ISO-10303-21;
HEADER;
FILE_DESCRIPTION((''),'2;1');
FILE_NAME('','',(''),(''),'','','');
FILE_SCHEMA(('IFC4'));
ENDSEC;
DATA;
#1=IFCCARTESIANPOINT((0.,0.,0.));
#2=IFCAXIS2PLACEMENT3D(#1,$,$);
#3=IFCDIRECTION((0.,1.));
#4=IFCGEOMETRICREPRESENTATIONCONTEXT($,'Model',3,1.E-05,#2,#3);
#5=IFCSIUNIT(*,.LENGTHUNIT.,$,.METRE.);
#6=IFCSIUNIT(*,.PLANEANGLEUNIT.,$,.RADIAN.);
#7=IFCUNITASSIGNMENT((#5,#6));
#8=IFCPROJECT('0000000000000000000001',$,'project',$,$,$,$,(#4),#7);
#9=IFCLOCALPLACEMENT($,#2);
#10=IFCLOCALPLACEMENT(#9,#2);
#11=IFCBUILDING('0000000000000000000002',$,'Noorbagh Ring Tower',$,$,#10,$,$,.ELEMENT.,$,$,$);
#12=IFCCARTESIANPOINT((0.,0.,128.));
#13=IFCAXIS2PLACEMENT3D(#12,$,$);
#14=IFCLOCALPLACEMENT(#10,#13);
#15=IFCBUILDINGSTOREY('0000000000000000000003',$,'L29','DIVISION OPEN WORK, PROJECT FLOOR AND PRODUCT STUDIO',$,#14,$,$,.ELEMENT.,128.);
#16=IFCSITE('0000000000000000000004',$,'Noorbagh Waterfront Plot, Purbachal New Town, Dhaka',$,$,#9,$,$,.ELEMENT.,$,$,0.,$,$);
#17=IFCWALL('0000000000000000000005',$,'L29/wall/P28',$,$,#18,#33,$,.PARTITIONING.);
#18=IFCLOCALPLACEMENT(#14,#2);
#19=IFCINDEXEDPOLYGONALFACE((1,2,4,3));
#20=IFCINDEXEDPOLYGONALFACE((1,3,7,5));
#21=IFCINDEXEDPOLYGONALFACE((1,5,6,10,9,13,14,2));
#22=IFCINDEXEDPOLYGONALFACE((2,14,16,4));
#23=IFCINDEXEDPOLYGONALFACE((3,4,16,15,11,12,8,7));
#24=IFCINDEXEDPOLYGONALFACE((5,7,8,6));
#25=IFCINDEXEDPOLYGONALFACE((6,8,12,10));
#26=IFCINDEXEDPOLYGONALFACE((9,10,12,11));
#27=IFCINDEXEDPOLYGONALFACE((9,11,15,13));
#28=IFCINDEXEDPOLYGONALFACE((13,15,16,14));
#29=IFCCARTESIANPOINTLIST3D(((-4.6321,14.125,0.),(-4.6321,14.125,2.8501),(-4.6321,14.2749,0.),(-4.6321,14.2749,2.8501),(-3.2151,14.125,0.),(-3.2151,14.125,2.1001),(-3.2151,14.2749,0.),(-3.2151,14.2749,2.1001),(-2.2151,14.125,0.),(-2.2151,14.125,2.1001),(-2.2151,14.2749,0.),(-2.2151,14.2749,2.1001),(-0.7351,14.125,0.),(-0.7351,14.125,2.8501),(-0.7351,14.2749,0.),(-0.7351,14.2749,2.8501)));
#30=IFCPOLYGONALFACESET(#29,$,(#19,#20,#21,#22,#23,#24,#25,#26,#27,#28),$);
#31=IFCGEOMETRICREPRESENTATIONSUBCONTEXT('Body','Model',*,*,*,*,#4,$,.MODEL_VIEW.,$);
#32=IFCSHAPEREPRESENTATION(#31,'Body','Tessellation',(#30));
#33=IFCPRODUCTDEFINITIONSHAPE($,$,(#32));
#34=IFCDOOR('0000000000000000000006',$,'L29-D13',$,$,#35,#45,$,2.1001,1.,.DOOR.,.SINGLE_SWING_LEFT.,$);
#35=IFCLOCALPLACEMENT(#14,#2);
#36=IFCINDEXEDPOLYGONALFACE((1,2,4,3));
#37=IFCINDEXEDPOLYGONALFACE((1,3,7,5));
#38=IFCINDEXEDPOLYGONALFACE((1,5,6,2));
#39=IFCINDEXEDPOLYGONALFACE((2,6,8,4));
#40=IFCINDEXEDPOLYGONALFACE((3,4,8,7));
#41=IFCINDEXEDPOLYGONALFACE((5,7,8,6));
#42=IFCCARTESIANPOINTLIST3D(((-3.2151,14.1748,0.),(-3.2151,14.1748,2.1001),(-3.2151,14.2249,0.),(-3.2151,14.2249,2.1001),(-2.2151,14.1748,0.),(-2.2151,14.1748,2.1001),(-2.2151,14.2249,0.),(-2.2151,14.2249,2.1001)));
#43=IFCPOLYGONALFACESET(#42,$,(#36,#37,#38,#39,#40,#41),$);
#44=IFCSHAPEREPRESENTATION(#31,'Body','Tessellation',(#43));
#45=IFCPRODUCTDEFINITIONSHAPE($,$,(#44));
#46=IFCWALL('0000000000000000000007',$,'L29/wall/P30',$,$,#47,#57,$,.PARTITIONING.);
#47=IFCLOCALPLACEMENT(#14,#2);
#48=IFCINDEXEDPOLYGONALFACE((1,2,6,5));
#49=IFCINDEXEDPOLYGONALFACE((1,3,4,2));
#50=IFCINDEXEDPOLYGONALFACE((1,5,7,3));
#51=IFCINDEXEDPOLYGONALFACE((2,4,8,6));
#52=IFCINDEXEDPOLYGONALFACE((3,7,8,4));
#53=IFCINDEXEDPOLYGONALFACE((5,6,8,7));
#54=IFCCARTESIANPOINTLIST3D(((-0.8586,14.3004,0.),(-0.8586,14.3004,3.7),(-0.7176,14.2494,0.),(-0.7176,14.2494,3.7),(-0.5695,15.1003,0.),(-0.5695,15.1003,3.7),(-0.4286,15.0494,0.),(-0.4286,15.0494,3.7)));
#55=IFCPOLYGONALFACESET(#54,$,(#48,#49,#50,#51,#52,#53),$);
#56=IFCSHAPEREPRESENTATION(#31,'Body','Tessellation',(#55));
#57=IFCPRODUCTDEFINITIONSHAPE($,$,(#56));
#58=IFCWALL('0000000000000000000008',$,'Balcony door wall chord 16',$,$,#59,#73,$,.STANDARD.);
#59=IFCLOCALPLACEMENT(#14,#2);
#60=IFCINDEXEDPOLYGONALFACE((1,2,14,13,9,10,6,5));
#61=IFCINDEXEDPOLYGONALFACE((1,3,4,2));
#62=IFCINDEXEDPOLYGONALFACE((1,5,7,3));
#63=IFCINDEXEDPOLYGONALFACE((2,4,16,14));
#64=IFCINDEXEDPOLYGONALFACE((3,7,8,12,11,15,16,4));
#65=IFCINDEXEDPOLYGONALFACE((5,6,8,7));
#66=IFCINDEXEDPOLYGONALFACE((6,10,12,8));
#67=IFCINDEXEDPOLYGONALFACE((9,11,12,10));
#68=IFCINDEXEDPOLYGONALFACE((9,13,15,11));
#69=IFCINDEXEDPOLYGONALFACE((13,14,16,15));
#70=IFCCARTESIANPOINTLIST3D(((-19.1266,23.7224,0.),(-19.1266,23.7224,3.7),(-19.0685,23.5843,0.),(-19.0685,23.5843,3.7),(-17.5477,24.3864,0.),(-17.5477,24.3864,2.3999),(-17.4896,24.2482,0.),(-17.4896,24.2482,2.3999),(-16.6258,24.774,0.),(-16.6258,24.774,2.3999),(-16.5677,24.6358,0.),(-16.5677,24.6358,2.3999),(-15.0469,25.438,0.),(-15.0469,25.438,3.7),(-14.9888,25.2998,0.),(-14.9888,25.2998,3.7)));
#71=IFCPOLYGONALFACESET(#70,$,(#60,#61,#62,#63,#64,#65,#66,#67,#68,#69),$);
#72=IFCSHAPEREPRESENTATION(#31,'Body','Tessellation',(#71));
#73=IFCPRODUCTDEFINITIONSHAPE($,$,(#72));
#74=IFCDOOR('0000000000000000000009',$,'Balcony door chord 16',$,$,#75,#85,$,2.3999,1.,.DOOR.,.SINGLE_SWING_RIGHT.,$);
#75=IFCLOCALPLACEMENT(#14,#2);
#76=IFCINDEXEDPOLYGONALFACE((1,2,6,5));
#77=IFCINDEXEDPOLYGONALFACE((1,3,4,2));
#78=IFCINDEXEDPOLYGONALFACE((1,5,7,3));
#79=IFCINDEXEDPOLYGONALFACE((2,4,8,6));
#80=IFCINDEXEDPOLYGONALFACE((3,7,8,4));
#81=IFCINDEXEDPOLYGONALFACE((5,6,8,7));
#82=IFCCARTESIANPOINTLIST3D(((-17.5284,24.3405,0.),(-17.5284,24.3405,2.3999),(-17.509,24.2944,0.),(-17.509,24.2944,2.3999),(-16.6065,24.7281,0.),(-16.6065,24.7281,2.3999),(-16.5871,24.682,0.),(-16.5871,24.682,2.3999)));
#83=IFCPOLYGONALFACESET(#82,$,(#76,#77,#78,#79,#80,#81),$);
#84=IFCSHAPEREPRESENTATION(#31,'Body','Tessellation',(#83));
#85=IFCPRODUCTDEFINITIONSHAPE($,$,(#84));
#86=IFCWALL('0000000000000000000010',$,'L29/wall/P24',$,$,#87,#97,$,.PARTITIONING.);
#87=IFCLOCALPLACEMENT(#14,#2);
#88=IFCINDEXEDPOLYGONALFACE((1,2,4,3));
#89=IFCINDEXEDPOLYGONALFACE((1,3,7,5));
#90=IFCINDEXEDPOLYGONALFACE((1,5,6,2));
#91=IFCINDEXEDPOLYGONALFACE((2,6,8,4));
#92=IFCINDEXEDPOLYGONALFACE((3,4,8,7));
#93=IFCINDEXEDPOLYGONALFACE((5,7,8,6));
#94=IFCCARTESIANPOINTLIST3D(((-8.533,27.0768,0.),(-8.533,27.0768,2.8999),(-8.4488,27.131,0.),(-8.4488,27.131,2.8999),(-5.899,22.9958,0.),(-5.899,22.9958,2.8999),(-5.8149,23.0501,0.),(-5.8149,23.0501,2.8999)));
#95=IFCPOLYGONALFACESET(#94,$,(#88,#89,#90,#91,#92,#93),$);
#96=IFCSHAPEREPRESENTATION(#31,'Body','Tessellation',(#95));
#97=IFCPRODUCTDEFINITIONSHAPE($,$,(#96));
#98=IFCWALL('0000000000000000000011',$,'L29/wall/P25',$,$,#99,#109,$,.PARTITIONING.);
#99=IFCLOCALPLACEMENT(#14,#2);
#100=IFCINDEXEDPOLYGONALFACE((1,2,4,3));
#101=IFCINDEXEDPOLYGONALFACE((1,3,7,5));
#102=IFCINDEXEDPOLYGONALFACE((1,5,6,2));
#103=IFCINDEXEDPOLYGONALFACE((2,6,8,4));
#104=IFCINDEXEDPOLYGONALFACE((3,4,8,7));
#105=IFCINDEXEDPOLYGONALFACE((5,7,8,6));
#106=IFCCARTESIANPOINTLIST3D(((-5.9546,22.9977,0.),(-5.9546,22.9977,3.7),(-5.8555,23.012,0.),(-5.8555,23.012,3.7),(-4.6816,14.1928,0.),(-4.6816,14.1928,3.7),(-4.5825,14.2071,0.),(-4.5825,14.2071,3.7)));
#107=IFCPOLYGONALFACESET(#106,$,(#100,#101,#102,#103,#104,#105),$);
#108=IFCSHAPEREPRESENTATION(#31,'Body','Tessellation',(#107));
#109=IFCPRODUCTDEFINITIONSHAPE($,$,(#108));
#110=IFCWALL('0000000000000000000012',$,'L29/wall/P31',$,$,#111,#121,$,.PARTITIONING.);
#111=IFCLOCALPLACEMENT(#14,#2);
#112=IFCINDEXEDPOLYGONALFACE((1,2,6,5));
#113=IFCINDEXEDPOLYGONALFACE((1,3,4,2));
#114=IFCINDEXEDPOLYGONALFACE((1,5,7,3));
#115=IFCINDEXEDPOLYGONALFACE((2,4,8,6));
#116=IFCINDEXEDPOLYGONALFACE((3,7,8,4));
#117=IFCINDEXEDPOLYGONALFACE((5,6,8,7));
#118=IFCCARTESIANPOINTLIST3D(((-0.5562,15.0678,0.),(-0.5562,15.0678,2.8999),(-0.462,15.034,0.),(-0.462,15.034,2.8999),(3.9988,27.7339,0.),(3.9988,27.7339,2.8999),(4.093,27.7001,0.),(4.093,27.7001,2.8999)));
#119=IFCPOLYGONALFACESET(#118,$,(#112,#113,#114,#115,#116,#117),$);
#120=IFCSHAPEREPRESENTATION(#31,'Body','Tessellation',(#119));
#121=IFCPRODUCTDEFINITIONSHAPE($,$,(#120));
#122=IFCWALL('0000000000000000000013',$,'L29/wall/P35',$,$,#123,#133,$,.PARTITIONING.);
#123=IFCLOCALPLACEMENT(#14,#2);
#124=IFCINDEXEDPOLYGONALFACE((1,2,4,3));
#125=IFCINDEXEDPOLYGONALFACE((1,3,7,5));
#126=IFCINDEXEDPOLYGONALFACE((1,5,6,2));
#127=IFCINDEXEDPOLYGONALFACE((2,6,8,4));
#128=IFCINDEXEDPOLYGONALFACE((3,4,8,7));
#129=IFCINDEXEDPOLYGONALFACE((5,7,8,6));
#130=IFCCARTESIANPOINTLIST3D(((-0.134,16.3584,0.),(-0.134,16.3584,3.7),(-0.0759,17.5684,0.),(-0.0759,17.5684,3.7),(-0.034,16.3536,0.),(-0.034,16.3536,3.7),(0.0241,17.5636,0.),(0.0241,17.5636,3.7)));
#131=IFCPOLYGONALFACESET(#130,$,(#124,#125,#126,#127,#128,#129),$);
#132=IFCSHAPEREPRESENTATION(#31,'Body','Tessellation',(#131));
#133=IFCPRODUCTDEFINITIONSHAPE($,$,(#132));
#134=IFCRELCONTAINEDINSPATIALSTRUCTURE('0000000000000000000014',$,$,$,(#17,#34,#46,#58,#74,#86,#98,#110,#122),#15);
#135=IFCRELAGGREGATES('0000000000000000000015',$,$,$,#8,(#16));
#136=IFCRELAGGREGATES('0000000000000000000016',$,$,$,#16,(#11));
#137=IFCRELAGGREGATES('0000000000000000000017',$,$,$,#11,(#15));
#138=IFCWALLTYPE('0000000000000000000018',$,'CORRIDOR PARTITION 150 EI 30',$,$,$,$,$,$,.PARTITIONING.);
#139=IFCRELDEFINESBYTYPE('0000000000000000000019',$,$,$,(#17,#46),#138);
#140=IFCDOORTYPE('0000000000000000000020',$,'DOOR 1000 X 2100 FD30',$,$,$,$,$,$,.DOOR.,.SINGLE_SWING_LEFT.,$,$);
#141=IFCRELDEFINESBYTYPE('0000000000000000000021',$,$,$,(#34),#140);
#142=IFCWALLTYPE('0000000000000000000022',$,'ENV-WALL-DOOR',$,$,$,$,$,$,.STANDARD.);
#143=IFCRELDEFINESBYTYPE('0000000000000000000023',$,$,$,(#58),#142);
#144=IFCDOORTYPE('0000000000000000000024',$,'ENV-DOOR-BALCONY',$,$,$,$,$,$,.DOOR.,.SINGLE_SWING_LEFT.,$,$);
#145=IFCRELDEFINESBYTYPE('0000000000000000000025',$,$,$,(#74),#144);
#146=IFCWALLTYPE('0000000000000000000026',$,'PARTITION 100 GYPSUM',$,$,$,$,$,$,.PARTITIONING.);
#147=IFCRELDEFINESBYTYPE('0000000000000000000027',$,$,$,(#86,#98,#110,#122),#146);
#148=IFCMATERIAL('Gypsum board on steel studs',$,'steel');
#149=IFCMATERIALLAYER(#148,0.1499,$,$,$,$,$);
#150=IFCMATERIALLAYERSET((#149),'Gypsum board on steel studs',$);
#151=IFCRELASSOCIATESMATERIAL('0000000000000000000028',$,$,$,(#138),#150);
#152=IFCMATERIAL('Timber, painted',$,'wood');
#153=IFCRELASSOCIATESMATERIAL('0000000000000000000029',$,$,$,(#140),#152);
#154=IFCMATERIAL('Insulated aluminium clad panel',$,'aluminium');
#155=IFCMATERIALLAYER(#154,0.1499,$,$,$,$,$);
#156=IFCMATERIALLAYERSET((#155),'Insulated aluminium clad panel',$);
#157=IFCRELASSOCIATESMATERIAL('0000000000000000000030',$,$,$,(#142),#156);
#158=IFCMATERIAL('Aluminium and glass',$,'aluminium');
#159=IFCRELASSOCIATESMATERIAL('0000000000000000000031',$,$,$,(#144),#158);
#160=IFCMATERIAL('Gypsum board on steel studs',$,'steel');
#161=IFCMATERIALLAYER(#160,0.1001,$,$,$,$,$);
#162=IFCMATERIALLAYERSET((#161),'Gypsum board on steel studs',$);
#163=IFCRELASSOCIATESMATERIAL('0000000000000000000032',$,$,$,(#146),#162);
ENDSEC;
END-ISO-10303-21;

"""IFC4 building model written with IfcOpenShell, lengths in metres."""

from ifc_helpers import new_model, si_unit, direction, frame, frame_2d, origin, place, context, subcontext, project, spatial, rectangle, extrude, material, layer, layer_set, type_object, element, fill, save


model = new_model("IFC4")

# Units and contexts
model_context = context("Model", 3, precision=1e-05, world=origin(), true_north=direction((0.0, 1.0)))
body_context = subcontext(model_context, "Body", "Model", "MODEL_VIEW")
ifc_project = project(units=[si_unit("LENGTHUNIT", "METRE"), si_unit("PLANEANGLEUNIT", "RADIAN")], contexts=[model_context])

# Site, building, storey
site_placement = place(None, origin())
site = spatial("IfcSite", under=ifc_project, at=site_placement, Name="Noorbagh Waterfront Plot, Purbachal New Town, Dhaka", CompositionType="ELEMENT", RefElevation=0.0)
building_placement = place(site_placement, origin())
building = spatial("IfcBuilding", under=site, at=building_placement, Name="Noorbagh Ring Tower", CompositionType="ELEMENT")
storey_placement = place(building_placement, frame((0.0, 0.0, 128.0)))
storey = spatial("IfcBuildingStorey", under=building, at=storey_placement, Name="L29", Description="DIVISION OPEN WORK, PROJECT FLOOR AND PRODUCT STUDIO", CompositionType="ELEMENT", Elevation=128.0)

# Wall, opening, door
ifc_material_1 = material(Name="Gypsum board on steel studs", Category="steel")
ifc_layer_1 = layer(ifc_material_1, 0.1499)
ifc_layer_set_1 = layer_set([ifc_layer_1], Name="Gypsum board on steel studs")
wall_type_1 = type_object("IfcWallType", Name="CORRIDOR PARTITION 150 EI 30", PredefinedType="PARTITIONING", material=ifc_layer_set_1)
ifc_material_2 = material(Name="Timber, painted", Category="wood")
door_type_1 = type_object("IfcDoorType", Name="DOOR 1000 X 2100 FD30", OperationType="SINGLE_SWING_LEFT", PredefinedType="DOOR", material=ifc_material_2)
wall_1_placement = place(storey_placement, frame((-4.6321, 14.2, 0.0), z_axis=(0.0, 0.0, 1.0), x_axis=(1.0, 0.0, 0.0)))
wall_1 = element("IfcWall", 1, at=wall_1_placement, inside=storey, type_object=wall_type_1, Name="L29/wall/P28", PredefinedType="PARTITIONING", context=body_context, shape_type="SweptSolid", body=[
    extrude(rectangle(XDim=3.897, YDim=0.1499, at=frame_2d((1.9485, 0.0))), origin(), (0.0, 0.0, 1.0), 2.8501),
])
opening_1_placement = place(wall_1_placement, frame((1.417, 0.0, 0.0)))
opening_1 = element("IfcOpeningElement", 2, at=opening_1_placement, cuts=wall_1, PredefinedType="OPENING", context=body_context, shape_type="SweptSolid", body=[
    extrude(rectangle(XDim=1.0, YDim=2.1001, at=frame_2d((0.5, 1.05))), frame((0.0, 0.085, 0.0), z_axis=(0.0, -1.0, 0.0), x_axis=(1.0, 0.0, 0.0)), (0.0, 0.0, 1.0), 0.1699),
])
door_1_placement = place(opening_1_placement, origin())
door_1 = element("IfcDoor", 3, at=door_1_placement, inside=storey, type_object=door_type_1, Name="L29-D13", OperationType="SINGLE_SWING_LEFT", OverallHeight=2.1001, OverallWidth=1.0, PredefinedType="DOOR", context=body_context, shape_type="SweptSolid", body=[
    extrude(rectangle(XDim=1.0, YDim=2.1001, at=frame_2d((0.5, 1.05))), frame((0.0, 0.0249, 0.0), z_axis=(0.0, -1.0, 0.0), x_axis=(1.0, 0.0, 0.0)), (0.0, 0.0, 1.0), 0.05),
])
fill(opening_1, door_1)

# Wall
wall_2_placement = place(storey_placement, frame((-0.7881, 14.2749, 0.0), z_axis=(0.0, 0.0, 1.0), x_axis=(0.339807, 0.940495, 0.0)))
element("IfcWall", 4, at=wall_2_placement, inside=storey, type_object=wall_type_1, Name="L29/wall/P30", PredefinedType="PARTITIONING", context=body_context, shape_type="SweptSolid", body=[
    extrude(rectangle(XDim=0.8506, YDim=0.1499, at=frame_2d((0.4253, 0.0))), origin(), (0.0, 0.0, 1.0), 3.7),
])

# Wall, opening, door
ifc_material_3 = material(Name="Insulated aluminium clad panel", Category="aluminium")
ifc_layer_2 = layer(ifc_material_3, 0.1499)
ifc_layer_set_2 = layer_set([ifc_layer_2], Name="Insulated aluminium clad panel")
wall_type_2 = type_object("IfcWallType", Name="ENV-WALL-DOOR", PredefinedType="STANDARD", material=ifc_layer_set_2)
wall_3_placement = place(storey_placement, frame((-15.0178, 25.3689, 0.0), z_axis=(0.0, 0.0, 1.0), x_axis=(-0.921817, -0.387625, 0.0)))
wall_3 = element("IfcWall", 5, at=wall_3_placement, inside=storey, type_object=wall_type_2, Name="Balcony door wall chord 16", PredefinedType="STANDARD", context=body_context, shape_type="SweptSolid", body=[
    extrude(rectangle(XDim=4.4258, YDim=0.1499, at=frame_2d((2.2129, 0.0))), origin(), (0.0, 0.0, 1.0), 3.7),
])
opening_2_placement = place(wall_3_placement, frame((1.7129, 0.0, 0.0)))
opening_2 = element("IfcOpeningElement", 6, at=opening_2_placement, cuts=wall_3, PredefinedType="OPENING", context=body_context, shape_type="SweptSolid", body=[
    extrude(rectangle(XDim=1.0, YDim=2.3999, at=frame_2d((0.5, 1.2))), frame((0.0, 0.085, 0.0), z_axis=(0.0, -1.0, 0.0), x_axis=(1.0, 0.0, 0.0)), (0.0, 0.0, 1.0), 0.1699),
])
ifc_material_4 = material(Name="Aluminium and glass", Category="aluminium")
door_type_2 = type_object("IfcDoorType", Name="ENV-DOOR-BALCONY", OperationType="SINGLE_SWING_LEFT", PredefinedType="DOOR", material=ifc_material_4)
door_2_placement = place(opening_2_placement, origin())
door_2 = element("IfcDoor", 7, at=door_2_placement, inside=storey, type_object=door_type_2, Name="Balcony door chord 16", OperationType="SINGLE_SWING_RIGHT", OverallHeight=2.3999, OverallWidth=1.0, PredefinedType="DOOR", context=body_context, shape_type="SweptSolid", body=[
    extrude(rectangle(XDim=1.0, YDim=2.3999, at=frame_2d((0.5, 1.2))), frame((0.0, 0.0249, 0.0), z_axis=(0.0, -1.0, 0.0), x_axis=(1.0, 0.0, 0.0)), (0.0, 0.0, 1.0), 0.05),
])
fill(opening_2, door_2)

# Walls
ifc_material_5 = material(Name="Gypsum board on steel studs", Category="steel")
ifc_layer_3 = layer(ifc_material_5, 0.1001)
ifc_layer_set_3 = layer_set([ifc_layer_3], Name="Gypsum board on steel studs")
wall_type_3 = type_object("IfcWallType", Name="PARTITION 100 GYPSUM", PredefinedType="PARTITIONING", material=ifc_layer_set_3)
wall_4_placement = place(storey_placement, frame((-8.491, 27.104, 0.0), z_axis=(0.0, 0.0, 1.0), x_axis=(0.542286, -0.840194, 0.0)))
element("IfcWall", 8, at=wall_4_placement, inside=storey, type_object=wall_type_3, Name="L29/wall/P24", PredefinedType="PARTITIONING", context=body_context, shape_type="SweptSolid", body=[
    extrude(rectangle(XDim=4.8572, YDim=0.1001, at=frame_2d((2.4287, 0.0))), origin(), (0.0, 0.0, 1.0), 2.8999),
])
wall_5_placement = place(storey_placement, frame((-5.905, 23.0049, 0.0), z_axis=(0.0, 0.0, 1.0), x_axis=(0.143085, -0.98971, 0.0)))
element("IfcWall", 9, at=wall_5_placement, inside=storey, type_object=wall_type_3, Name="L29/wall/P25", PredefinedType="PARTITIONING", context=body_context, shape_type="SweptSolid", body=[
    extrude(rectangle(XDim=8.8965, YDim=0.1001, at=frame_2d((4.4482, 0.0))), origin(), (0.0, 0.0, 1.0), 3.7),
])
wall_6_placement = place(storey_placement, frame((-0.509, 15.051, 0.0), z_axis=(0.0, 0.0, 1.0), x_axis=(0.338402, 0.941002, 0.0)))
element("IfcWall", 10, at=wall_6_placement, inside=storey, type_object=wall_type_3, Name="L29/wall/P31", PredefinedType="PARTITIONING", context=body_context, shape_type="SweptSolid", body=[
    extrude(rectangle(XDim=13.4602, YDim=0.1001, at=frame_2d((6.73, 0.0))), origin(), (0.0, 0.0, 1.0), 2.8999),
])
wall_7_placement = place(storey_placement, frame((-0.084, 16.356, 0.0), z_axis=(0.0, 0.0, 1.0), x_axis=(0.047967, 0.998849, 0.0)))
element("IfcWall", 11, at=wall_7_placement, inside=storey, type_object=wall_type_3, Name="L29/wall/P35", PredefinedType="PARTITIONING", context=body_context, shape_type="SweptSolid", body=[
    extrude(rectangle(XDim=1.2114, YDim=0.1001, at=frame_2d((0.6057, 0.0))), origin(), (0.0, 0.0, 1.0), 3.7),
])

save(model, "model.ifc")
